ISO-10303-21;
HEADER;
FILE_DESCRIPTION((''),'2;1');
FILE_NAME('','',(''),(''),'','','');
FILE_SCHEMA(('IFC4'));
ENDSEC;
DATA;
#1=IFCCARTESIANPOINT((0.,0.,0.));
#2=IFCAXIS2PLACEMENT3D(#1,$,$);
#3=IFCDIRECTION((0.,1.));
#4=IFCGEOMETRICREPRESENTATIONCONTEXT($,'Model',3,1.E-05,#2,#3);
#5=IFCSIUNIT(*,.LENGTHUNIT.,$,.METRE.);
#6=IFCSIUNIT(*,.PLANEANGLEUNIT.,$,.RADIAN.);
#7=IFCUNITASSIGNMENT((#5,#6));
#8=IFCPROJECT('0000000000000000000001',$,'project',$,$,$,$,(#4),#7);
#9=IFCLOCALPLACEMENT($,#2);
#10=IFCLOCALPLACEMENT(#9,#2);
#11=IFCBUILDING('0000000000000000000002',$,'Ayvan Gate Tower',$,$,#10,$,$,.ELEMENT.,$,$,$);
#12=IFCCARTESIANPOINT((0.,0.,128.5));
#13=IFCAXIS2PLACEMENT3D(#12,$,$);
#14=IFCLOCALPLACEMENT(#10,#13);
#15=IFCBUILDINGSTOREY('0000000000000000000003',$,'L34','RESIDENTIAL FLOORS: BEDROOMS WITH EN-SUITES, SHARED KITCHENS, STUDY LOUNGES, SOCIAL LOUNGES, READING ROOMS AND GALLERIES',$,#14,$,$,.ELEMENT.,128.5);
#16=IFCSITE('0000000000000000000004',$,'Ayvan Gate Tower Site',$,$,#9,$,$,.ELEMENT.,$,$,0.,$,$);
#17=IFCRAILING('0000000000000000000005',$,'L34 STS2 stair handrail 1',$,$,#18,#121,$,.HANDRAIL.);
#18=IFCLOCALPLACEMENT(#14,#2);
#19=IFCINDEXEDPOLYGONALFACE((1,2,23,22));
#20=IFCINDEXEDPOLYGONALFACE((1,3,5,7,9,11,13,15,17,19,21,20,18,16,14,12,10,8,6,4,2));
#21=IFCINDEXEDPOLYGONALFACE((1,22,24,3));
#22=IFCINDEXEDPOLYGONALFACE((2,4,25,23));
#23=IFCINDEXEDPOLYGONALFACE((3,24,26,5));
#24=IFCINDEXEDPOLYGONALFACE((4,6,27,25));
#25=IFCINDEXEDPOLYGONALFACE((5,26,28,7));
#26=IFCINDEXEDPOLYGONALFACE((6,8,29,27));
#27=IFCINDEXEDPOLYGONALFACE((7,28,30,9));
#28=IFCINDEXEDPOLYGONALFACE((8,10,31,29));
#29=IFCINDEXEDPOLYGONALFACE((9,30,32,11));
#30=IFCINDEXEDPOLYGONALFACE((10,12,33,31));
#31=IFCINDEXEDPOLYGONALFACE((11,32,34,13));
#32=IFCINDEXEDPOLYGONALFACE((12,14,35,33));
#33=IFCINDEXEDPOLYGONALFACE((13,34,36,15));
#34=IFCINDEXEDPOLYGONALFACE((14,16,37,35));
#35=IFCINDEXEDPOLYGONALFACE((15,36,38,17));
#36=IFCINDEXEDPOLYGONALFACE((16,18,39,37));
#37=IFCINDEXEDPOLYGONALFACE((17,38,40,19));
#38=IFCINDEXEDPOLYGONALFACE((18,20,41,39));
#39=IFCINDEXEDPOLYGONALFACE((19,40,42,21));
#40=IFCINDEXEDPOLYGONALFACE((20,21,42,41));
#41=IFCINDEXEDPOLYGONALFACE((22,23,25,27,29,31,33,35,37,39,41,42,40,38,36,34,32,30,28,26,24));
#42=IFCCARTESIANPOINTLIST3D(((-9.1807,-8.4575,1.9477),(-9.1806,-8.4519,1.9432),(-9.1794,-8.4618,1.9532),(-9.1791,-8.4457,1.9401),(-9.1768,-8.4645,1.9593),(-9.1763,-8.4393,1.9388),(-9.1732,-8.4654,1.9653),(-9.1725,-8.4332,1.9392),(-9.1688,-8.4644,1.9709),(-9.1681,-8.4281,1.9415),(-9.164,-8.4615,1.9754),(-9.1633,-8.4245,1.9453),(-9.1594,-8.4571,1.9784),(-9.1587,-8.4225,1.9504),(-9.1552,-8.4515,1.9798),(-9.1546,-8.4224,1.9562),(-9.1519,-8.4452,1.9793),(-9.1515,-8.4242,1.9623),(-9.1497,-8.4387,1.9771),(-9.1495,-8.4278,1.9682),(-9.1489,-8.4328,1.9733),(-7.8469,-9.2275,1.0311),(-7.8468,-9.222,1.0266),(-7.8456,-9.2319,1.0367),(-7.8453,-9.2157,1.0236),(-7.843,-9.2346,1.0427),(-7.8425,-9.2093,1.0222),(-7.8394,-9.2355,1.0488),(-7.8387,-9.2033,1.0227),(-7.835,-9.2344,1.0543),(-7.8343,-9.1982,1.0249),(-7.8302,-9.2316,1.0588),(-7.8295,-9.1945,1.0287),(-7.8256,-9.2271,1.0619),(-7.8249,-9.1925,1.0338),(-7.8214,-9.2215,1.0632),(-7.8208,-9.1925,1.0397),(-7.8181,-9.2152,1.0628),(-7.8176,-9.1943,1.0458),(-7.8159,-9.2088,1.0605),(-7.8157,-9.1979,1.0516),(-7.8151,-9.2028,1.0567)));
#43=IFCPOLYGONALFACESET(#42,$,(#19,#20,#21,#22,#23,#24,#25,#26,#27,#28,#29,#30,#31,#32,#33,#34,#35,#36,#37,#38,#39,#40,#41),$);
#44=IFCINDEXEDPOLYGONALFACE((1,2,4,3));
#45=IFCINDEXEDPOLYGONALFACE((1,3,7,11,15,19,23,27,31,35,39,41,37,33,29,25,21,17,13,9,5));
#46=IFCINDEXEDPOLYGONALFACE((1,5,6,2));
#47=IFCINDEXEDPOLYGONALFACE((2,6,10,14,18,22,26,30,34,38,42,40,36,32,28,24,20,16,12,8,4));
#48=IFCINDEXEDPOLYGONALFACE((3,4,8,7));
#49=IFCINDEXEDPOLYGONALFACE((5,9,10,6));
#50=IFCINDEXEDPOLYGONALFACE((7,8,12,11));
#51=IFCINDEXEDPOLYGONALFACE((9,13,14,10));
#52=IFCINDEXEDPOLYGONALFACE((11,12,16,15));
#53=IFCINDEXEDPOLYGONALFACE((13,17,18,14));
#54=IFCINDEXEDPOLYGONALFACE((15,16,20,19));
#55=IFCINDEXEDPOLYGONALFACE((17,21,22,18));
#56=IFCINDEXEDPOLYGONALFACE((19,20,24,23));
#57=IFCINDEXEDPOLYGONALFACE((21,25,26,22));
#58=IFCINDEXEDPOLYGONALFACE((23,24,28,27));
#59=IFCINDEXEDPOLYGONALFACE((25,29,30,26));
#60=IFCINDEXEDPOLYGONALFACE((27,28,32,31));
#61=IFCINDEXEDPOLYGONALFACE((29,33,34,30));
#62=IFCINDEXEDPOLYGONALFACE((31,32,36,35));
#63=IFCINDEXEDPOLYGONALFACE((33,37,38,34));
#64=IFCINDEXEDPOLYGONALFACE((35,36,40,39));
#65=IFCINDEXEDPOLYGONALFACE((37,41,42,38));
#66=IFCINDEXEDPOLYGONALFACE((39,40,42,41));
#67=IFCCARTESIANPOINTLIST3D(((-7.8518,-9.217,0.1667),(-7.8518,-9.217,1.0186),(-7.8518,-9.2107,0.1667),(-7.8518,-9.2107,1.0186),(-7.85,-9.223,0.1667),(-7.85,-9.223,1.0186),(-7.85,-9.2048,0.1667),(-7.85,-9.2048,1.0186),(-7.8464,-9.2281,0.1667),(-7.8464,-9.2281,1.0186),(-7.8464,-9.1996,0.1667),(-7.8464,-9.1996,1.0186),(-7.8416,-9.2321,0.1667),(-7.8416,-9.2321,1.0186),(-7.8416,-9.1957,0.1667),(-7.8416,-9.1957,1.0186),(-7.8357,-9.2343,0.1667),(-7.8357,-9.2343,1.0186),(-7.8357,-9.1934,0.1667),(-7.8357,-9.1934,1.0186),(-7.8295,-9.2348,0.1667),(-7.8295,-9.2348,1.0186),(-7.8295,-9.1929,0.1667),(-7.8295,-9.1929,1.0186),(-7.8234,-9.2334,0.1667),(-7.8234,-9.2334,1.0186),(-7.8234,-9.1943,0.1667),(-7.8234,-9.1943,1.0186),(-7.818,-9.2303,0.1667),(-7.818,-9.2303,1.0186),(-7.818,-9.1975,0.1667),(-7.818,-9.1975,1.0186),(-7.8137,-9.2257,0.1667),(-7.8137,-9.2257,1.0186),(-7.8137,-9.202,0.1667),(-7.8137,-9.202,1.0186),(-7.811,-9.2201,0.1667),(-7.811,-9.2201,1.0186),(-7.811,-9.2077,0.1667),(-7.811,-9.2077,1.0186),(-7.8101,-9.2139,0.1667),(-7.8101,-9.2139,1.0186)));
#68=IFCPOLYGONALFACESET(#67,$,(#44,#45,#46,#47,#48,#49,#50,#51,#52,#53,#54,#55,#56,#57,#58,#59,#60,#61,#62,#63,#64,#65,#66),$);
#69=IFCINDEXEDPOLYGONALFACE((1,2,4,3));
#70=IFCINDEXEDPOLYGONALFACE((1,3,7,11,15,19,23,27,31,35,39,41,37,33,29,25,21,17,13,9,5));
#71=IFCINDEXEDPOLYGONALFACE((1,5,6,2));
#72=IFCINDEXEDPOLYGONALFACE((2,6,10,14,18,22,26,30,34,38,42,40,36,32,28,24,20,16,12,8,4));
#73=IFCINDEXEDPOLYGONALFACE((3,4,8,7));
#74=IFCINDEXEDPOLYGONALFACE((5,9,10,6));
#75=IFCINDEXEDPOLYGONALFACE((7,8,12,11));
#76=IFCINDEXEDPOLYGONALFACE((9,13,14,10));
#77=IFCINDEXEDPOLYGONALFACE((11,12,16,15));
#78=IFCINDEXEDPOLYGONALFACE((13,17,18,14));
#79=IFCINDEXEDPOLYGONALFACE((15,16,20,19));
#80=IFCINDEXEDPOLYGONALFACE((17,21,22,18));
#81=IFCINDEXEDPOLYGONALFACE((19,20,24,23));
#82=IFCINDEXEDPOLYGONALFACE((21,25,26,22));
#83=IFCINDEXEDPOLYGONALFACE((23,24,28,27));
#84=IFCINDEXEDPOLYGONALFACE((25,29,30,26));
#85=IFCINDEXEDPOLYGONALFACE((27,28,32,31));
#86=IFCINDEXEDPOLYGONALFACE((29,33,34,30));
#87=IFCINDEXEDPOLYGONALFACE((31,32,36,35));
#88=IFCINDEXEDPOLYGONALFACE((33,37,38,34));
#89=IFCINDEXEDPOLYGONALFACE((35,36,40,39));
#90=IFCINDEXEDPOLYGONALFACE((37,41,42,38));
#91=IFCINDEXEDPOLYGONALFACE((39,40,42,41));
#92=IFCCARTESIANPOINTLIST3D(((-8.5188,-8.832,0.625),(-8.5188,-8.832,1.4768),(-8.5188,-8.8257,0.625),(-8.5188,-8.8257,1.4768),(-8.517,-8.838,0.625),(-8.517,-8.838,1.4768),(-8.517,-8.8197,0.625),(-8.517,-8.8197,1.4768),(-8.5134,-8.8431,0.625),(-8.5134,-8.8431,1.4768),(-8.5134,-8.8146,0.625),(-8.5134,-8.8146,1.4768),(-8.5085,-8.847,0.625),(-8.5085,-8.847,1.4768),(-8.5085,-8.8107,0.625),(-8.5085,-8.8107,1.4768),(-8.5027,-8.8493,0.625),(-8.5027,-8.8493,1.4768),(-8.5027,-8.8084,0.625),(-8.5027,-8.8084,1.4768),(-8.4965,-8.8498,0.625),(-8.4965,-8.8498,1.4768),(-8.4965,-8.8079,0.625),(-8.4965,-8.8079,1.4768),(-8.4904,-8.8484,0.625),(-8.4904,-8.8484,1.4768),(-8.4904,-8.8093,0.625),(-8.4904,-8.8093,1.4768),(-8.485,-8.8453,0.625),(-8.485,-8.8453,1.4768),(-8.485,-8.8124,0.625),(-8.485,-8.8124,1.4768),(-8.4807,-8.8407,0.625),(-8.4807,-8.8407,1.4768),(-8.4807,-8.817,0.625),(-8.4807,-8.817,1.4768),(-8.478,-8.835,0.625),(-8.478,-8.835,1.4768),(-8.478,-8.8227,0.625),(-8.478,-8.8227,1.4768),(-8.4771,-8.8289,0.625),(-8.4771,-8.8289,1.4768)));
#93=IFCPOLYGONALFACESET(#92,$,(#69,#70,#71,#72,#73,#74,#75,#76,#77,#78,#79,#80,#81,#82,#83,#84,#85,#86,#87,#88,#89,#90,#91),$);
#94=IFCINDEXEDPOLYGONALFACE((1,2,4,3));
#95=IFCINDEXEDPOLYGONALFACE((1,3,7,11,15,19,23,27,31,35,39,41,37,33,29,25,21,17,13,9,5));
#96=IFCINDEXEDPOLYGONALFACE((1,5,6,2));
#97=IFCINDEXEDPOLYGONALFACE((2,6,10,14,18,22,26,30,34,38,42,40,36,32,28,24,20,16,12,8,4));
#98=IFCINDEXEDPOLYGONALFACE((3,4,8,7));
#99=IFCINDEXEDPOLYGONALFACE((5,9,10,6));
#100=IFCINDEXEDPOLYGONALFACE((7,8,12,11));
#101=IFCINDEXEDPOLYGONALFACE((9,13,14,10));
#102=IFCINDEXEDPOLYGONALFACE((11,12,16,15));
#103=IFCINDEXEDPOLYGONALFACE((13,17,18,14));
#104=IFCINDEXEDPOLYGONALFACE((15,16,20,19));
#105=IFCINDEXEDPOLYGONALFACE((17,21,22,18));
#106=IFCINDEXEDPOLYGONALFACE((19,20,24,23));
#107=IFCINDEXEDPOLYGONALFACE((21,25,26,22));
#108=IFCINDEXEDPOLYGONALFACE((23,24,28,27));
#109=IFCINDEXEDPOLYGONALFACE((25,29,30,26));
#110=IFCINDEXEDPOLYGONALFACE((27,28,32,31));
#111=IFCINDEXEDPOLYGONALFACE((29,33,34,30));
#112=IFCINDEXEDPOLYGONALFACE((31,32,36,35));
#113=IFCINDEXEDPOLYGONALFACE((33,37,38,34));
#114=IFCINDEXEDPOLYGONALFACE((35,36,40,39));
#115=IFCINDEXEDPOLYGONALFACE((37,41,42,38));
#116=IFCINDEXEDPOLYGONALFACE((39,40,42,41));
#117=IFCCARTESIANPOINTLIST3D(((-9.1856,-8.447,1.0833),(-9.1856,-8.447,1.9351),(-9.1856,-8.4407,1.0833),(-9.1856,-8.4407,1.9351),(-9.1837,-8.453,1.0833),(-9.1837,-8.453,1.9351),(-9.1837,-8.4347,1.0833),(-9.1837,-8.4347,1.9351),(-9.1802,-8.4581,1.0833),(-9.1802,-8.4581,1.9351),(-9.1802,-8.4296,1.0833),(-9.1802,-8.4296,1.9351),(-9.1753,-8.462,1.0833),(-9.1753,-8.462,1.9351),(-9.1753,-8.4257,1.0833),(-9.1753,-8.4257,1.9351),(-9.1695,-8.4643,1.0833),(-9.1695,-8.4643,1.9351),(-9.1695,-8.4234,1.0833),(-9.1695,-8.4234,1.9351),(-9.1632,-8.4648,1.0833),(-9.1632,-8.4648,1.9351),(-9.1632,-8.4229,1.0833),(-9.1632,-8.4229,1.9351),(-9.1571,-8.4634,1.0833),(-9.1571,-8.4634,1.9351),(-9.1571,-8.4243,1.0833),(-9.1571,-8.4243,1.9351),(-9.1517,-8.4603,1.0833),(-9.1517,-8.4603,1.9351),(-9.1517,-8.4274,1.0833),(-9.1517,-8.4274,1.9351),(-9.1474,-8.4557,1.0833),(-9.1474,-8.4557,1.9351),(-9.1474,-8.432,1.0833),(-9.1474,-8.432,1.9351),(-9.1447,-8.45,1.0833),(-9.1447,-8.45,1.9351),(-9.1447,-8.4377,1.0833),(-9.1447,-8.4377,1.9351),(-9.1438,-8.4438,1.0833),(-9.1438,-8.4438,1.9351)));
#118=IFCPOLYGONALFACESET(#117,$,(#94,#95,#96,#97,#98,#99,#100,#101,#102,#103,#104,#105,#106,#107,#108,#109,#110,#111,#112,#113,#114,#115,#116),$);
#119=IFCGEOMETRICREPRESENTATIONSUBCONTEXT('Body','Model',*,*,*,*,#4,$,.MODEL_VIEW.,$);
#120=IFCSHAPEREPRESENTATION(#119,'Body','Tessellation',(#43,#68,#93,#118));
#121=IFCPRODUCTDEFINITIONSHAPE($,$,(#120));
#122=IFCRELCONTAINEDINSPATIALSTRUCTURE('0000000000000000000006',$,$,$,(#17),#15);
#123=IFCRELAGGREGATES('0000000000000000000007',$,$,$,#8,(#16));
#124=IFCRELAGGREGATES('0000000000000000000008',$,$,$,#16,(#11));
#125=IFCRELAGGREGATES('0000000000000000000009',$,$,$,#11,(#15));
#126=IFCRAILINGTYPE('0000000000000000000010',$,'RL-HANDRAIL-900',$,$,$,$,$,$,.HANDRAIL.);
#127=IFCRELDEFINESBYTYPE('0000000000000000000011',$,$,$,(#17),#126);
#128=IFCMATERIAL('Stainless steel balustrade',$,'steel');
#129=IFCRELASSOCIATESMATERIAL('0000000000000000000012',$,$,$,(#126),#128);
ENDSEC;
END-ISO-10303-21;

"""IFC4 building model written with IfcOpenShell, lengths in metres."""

from ifc_helpers import new_model, si_unit, direction, frame, origin, origin_2d, place, context, subcontext, project, spatial, circle, extrude, material, type_object, element, save


model = new_model("IFC4")

# Units and contexts
model_context = context("Model", 3, precision=1e-05, world=origin(), true_north=direction((0.0, 1.0)))
body_context = subcontext(model_context, "Body", "Model", "MODEL_VIEW")
ifc_project = project(units=[si_unit("LENGTHUNIT", "METRE"), si_unit("PLANEANGLEUNIT", "RADIAN")], contexts=[model_context])

# Site, building, storey
site_placement = place(None, origin())
site = spatial("IfcSite", under=ifc_project, at=site_placement, Name="Ayvan Gate Tower Site", CompositionType="ELEMENT", RefElevation=0.0)
building_placement = place(site_placement, origin())
building = spatial("IfcBuilding", under=site, at=building_placement, Name="Ayvan Gate Tower", CompositionType="ELEMENT")
storey_placement = place(building_placement, frame((0.0, 0.0, 128.5)))
storey = spatial("IfcBuildingStorey", under=building, at=storey_placement, Name="L34", Description="RESIDENTIAL FLOORS: BEDROOMS WITH EN-SUITES, SHARED KITCHENS, STUDY LOUNGES, SOCIAL LOUNGES, READING ROOMS AND GALLERIES", CompositionType="ELEMENT", Elevation=128.5)

# Railing
ifc_material_1 = material(Name="Stainless steel balustrade", Category="steel")
railing_type = type_object("IfcRailingType", Name="RL-HANDRAIL-900", PredefinedType="HANDRAIL", material=ifc_material_1)
railing_placement = place(storey_placement, frame((-7.8311, -9.2139, 0.1667)))
element("IfcRailing", 1, at=railing_placement, inside=storey, type_object=railing_type, Name="L34 STS2 stair handrail 1", PredefinedType="HANDRAIL", context=body_context, shape_type="SweptSolid", body=[
    extrude(circle(Radius=0.0239, at=origin_2d()), frame((0.0, 0.0, 0.876), z_axis=(-0.744216, 0.429664, 0.511401), x_axis=(-0.499992, -0.86603, 0.0)), (0.0, 0.0, 1.0), 1.7922),
    extrude(circle(Radius=0.021, at=origin_2d()), origin(), (0.0, 0.0, 1.0), 0.8518),
    extrude(circle(Radius=0.021, at=origin_2d()), frame((-0.667, 0.385, 0.4583)), (0.0, 0.0, 1.0), 0.8518),
    extrude(circle(Radius=0.021, at=origin_2d()), frame((-1.3337, 0.77, 0.9165)), (0.0, 0.0, 1.0), 0.8518),
])

save(model, "model.ifc")
